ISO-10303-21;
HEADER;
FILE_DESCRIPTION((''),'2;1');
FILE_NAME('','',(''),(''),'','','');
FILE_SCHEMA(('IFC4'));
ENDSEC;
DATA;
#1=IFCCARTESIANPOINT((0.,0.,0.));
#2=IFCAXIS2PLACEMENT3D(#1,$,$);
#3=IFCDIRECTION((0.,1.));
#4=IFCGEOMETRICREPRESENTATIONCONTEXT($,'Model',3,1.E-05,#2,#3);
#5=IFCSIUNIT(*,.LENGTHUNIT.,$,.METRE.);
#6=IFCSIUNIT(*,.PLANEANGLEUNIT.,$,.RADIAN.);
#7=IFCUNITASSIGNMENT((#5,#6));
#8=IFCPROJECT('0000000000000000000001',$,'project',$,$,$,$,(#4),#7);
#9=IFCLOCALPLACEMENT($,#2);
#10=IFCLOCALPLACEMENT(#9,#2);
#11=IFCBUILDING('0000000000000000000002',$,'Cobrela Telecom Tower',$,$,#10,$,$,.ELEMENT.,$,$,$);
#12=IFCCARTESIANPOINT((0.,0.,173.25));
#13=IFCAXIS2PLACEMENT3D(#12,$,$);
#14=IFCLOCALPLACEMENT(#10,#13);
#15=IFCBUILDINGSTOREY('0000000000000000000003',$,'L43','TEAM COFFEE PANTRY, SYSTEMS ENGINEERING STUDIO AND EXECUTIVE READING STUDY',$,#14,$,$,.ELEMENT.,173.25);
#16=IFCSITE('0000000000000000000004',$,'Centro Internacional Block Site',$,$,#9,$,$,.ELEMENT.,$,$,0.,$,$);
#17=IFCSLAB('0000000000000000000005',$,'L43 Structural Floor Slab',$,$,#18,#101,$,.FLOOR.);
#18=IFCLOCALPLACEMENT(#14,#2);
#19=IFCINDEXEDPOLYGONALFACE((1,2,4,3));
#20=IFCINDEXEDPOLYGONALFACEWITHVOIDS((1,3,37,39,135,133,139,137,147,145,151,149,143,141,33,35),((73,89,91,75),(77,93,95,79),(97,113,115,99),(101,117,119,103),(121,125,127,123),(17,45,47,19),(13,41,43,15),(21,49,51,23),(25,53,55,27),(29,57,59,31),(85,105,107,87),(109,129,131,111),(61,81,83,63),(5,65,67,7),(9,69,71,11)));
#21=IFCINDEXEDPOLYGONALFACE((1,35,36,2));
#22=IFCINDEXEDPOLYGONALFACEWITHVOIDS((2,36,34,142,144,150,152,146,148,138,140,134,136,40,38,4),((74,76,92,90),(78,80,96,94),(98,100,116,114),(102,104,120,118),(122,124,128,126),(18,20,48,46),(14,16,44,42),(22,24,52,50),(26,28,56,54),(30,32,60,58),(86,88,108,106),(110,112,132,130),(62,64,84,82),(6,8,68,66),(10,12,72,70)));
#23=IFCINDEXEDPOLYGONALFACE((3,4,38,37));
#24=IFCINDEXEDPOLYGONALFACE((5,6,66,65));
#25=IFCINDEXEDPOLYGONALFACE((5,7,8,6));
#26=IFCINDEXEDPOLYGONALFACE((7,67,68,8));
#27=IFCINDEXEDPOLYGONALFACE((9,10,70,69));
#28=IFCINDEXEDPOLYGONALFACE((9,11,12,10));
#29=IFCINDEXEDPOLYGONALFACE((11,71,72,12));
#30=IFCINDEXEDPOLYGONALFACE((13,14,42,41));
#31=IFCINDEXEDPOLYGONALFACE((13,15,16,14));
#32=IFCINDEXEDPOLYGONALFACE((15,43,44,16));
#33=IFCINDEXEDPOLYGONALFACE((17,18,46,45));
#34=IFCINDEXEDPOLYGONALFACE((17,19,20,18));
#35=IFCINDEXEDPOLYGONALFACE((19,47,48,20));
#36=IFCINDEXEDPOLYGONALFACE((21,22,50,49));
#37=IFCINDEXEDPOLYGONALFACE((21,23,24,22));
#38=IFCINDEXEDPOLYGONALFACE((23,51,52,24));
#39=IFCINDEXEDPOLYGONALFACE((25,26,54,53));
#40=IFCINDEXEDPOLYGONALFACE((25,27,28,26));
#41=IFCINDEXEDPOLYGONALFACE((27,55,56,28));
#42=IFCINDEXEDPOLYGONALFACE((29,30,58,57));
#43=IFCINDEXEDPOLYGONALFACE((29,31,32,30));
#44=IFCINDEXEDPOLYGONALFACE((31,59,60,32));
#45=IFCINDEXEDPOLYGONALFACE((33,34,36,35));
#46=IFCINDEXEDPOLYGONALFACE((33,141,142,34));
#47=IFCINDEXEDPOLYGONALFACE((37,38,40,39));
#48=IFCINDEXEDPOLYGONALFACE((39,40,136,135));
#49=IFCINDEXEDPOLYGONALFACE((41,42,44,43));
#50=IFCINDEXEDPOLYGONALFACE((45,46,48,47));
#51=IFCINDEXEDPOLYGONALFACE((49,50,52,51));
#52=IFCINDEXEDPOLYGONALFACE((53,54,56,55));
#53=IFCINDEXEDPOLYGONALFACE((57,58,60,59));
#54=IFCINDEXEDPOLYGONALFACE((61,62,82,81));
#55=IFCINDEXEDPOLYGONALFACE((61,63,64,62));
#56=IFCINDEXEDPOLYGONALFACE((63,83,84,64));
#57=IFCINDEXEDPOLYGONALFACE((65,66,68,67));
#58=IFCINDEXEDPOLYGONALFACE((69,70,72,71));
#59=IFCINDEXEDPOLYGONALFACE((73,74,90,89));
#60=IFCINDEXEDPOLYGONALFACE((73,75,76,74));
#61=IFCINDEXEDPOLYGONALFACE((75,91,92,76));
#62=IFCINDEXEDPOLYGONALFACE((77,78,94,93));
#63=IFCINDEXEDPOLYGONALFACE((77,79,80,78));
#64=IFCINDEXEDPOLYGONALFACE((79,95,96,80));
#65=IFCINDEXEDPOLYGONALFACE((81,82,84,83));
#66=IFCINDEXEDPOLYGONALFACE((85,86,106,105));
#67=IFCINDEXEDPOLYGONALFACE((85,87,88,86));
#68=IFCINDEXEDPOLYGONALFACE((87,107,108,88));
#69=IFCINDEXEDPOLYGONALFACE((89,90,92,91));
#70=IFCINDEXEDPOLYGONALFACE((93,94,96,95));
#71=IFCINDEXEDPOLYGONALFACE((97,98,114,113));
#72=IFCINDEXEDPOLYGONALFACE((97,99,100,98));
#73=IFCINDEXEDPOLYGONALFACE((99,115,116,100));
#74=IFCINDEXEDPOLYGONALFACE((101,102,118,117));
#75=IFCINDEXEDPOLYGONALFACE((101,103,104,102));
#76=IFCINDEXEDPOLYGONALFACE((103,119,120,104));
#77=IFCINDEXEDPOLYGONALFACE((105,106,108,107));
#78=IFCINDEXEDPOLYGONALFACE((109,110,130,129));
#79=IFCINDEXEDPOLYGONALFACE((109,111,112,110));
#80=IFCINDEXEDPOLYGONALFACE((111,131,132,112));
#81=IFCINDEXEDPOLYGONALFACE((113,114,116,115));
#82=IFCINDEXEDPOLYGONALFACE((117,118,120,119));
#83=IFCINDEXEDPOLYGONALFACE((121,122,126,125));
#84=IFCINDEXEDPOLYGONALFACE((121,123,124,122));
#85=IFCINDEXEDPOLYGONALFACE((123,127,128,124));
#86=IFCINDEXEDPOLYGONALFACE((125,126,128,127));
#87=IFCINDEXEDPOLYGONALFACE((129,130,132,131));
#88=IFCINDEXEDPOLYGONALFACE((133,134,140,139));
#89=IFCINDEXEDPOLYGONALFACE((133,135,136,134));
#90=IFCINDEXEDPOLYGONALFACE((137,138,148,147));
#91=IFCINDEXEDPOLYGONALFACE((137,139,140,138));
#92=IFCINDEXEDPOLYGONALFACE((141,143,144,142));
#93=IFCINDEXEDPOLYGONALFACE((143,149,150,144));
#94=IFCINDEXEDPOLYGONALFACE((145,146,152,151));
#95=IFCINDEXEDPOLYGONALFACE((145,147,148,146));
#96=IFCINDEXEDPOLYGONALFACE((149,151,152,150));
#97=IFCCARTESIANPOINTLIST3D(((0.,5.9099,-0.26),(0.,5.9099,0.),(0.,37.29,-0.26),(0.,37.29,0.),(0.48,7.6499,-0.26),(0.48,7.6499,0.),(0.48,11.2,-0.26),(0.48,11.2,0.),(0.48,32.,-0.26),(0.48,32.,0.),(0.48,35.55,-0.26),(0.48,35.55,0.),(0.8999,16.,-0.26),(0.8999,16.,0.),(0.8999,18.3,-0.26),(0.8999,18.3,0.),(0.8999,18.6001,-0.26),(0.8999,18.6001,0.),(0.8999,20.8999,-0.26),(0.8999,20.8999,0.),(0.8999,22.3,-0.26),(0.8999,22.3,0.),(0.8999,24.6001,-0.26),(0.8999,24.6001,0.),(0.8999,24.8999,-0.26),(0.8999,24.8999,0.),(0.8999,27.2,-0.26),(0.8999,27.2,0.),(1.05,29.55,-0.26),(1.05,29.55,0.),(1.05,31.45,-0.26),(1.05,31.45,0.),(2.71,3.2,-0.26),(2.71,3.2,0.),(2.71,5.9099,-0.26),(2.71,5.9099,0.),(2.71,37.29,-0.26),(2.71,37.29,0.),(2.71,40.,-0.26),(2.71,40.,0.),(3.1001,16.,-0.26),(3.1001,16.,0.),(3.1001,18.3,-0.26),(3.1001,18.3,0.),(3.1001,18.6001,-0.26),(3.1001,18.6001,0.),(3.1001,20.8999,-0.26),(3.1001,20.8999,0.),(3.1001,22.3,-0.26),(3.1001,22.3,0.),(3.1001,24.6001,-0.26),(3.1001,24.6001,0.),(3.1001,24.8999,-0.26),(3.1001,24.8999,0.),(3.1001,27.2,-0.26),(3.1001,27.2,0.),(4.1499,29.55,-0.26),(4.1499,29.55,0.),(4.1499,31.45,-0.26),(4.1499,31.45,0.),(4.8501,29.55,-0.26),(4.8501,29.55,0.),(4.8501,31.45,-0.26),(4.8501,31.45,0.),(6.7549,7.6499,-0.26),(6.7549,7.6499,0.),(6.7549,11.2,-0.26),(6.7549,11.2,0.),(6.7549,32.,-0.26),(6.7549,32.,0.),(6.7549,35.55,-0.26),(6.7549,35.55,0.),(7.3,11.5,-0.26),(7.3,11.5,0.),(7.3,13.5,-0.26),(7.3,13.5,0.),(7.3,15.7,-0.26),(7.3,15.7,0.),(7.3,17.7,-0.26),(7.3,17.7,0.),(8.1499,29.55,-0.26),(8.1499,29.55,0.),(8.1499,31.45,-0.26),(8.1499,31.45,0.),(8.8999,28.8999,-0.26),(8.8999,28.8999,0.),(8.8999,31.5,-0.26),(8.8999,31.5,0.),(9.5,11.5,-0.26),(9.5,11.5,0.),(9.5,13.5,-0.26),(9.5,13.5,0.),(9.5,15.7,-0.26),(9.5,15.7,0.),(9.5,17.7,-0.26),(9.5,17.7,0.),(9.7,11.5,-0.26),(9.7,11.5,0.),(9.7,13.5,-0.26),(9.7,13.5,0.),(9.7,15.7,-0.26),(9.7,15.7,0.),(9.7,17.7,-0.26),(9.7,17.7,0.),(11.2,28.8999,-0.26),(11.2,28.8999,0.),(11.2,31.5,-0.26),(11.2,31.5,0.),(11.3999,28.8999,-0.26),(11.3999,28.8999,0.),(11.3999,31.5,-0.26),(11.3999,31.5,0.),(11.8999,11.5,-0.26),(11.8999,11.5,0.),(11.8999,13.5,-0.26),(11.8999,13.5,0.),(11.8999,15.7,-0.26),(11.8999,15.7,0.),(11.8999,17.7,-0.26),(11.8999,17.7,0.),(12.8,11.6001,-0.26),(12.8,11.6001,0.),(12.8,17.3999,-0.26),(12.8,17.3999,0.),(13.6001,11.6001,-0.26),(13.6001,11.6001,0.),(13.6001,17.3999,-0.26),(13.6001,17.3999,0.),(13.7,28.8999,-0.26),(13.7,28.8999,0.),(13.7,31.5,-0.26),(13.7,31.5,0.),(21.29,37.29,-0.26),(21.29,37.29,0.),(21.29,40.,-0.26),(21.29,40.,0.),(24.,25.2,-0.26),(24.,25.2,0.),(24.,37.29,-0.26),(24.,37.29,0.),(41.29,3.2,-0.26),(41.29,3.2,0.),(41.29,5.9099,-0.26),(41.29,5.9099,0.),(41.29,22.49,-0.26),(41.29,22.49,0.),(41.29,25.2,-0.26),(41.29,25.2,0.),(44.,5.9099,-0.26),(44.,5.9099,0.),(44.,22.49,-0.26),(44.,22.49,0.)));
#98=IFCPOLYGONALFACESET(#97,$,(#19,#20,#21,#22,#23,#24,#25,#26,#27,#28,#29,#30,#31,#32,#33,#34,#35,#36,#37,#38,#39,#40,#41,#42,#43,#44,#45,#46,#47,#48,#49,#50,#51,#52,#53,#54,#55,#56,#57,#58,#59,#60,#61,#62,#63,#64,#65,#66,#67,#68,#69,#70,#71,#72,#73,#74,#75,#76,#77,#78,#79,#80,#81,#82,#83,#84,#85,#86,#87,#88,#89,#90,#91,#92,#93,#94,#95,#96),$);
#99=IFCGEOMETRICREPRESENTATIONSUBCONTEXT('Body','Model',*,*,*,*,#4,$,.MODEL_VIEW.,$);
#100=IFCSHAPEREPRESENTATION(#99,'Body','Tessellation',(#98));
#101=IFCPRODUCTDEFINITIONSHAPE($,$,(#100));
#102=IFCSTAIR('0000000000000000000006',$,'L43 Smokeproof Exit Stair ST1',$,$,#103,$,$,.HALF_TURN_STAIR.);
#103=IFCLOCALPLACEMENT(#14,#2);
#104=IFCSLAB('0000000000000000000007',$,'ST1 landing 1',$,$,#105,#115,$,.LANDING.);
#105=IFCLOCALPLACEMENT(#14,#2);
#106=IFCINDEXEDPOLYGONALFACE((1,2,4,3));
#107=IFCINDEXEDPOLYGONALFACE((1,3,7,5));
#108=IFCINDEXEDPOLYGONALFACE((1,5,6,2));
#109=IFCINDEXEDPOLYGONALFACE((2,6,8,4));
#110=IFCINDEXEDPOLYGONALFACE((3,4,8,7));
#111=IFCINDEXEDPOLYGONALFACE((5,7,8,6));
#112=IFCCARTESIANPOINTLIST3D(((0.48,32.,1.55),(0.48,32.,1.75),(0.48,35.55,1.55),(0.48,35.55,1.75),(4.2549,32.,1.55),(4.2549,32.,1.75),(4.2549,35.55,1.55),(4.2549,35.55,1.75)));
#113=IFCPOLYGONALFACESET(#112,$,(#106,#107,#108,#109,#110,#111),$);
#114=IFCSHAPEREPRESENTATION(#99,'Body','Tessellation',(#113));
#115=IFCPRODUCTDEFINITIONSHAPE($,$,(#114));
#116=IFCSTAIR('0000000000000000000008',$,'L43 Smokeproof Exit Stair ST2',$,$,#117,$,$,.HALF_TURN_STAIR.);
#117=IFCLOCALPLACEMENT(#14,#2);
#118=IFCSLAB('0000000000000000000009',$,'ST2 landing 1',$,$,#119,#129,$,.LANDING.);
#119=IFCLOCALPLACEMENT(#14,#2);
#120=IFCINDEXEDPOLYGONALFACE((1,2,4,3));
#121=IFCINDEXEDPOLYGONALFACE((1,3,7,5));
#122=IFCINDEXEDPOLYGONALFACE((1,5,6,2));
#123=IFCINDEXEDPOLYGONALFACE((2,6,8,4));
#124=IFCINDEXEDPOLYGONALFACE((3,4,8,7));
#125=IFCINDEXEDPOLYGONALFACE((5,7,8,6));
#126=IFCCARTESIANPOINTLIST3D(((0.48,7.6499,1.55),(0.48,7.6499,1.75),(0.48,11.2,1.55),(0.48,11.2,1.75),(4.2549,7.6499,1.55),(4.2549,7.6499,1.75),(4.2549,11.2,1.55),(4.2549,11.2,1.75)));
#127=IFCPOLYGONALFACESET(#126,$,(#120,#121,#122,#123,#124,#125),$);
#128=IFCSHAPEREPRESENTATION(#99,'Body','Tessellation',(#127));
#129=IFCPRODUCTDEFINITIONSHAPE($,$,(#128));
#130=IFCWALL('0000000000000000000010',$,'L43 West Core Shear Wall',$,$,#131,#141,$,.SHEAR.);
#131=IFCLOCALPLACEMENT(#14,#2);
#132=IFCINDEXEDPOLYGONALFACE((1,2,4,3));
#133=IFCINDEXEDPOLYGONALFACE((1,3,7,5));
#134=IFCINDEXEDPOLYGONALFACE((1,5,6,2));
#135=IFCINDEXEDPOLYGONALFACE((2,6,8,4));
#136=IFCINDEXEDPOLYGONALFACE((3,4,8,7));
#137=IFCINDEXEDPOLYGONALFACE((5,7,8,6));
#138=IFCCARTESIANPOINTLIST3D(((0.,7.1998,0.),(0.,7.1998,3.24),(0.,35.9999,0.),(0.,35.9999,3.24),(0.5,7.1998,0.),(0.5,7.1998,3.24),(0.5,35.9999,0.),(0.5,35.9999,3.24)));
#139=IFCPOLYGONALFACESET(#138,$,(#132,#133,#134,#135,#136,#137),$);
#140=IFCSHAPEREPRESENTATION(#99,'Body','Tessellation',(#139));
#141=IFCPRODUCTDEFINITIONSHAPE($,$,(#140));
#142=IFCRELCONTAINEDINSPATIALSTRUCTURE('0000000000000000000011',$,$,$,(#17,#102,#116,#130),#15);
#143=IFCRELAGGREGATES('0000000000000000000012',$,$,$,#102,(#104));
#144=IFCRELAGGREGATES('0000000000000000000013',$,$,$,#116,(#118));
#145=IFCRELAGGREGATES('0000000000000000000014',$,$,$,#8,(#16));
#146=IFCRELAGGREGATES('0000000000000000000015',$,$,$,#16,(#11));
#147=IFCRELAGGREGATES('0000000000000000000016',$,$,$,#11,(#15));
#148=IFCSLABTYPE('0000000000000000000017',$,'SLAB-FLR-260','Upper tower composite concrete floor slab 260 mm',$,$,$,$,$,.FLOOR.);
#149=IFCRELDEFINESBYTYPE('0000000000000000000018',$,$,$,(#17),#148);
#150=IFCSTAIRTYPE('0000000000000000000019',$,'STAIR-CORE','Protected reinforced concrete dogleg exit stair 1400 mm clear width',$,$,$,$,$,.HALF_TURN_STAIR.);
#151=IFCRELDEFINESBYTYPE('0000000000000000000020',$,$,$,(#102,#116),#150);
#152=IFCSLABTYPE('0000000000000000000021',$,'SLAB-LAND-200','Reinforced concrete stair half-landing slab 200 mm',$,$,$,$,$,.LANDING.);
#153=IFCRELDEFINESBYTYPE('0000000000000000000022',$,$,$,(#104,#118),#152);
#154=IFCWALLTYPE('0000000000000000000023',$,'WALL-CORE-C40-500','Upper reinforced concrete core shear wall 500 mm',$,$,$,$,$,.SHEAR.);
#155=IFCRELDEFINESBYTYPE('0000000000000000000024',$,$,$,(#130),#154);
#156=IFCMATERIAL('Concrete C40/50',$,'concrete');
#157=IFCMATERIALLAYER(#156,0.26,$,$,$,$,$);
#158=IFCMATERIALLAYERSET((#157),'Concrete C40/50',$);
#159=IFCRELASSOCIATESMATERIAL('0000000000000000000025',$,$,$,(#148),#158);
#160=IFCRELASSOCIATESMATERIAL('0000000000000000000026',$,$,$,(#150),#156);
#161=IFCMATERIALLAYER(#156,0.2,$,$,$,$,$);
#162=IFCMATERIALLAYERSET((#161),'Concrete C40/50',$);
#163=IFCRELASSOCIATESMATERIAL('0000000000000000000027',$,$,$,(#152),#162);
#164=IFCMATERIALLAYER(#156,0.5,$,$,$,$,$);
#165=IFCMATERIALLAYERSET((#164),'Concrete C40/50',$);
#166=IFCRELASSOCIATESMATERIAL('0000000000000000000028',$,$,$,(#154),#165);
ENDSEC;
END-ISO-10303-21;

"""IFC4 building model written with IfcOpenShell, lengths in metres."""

from ifc_helpers import new_model, si_unit, direction, frame, frame_2d, origin, place, context, subcontext, project, spatial, polyline, rectangle, outline, extrude, material, layer, layer_set, type_object, element, aggregate, save


model = new_model("IFC4")

# Units and contexts
model_context = context("Model", 3, precision=1e-05, world=origin(), true_north=direction((0.0, 1.0)))
body_context = subcontext(model_context, "Body", "Model", "MODEL_VIEW")
ifc_project = project(units=[si_unit("LENGTHUNIT", "METRE"), si_unit("PLANEANGLEUNIT", "RADIAN")], contexts=[model_context])

# Site, building, storey
site_placement = place(None, origin())
site = spatial("IfcSite", under=ifc_project, at=site_placement, Name="Centro Internacional Block Site", CompositionType="ELEMENT", RefElevation=0.0)
building_placement = place(site_placement, origin())
building = spatial("IfcBuilding", under=site, at=building_placement, Name="Cobrela Telecom Tower", CompositionType="ELEMENT")
storey_placement = place(building_placement, frame((0.0, 0.0, 173.25)))
storey = spatial("IfcBuildingStorey", under=building, at=storey_placement, Name="L43", Description="TEAM COFFEE PANTRY, SYSTEMS ENGINEERING STUDIO AND EXECUTIVE READING STUDY", CompositionType="ELEMENT", Elevation=173.25)

# Slab, openings
ifc_material_1 = material(Name="Concrete C40/50", Category="concrete")
ifc_layer_1 = layer(ifc_material_1, 0.26)
ifc_layer_set_1 = layer_set([ifc_layer_1], Name="Concrete C40/50")
slab_type_1 = type_object("IfcSlabType", Name="SLAB-FLR-260", Description="Upper tower composite concrete floor slab 260 mm", PredefinedType="FLOOR", material=ifc_layer_set_1)
slab_1_placement = place(storey_placement, frame((0.0, 0.0, -0.26)))
slab_1 = element("IfcSlab", 1, at=slab_1_placement, inside=storey, type_object=slab_type_1, Name="L43 Structural Floor Slab", PredefinedType="FLOOR", context=body_context, shape_type="SweptSolid", body=[
    extrude(outline(polyline([(2.71, 3.2), (41.29, 3.2), (41.29, 5.9099), (44.0, 5.9099), (44.0, 22.49), (41.29, 22.49), (41.29, 25.2), (24.0, 25.2), (24.0, 37.29), (21.29, 37.29), (21.29, 40.0), (2.71, 40.0), (2.71, 37.29), (0.0, 37.29), (0.0, 5.9099), (2.71, 5.9099), (2.71, 3.2)])), origin(), (0.0, 0.0, 1.0), 0.26),
])
opening_1_placement = place(slab_1_placement, frame((0.0, 0.0, -0.02)))
element("IfcOpeningElement", 2, at=opening_1_placement, cuts=slab_1, PredefinedType="OPENING", context=body_context, shape_type="SweptSolid", body=[
    extrude(outline(polyline([(8.8999, 28.8999), (11.2, 28.8999), (11.2, 31.5), (8.8999, 31.5), (8.8999, 28.8999)])), origin(), (0.0, 0.0, 1.0), 0.3),
])
opening_2_placement = place(slab_1_placement, frame((0.0, 0.0, -0.02)))
element("IfcOpeningElement", 3, at=opening_2_placement, cuts=slab_1, PredefinedType="OPENING", context=body_context, shape_type="SweptSolid", body=[
    extrude(outline(polyline([(11.3999, 28.8999), (13.7, 28.8999), (13.7, 31.5), (11.3999, 31.5), (11.3999, 28.8999)])), origin(), (0.0, 0.0, 1.0), 0.3),
])
opening_3_placement = place(slab_1_placement, frame((0.0, 0.0, -0.02)))
element("IfcOpeningElement", 4, at=opening_3_placement, cuts=slab_1, PredefinedType="OPENING", context=body_context, shape_type="SweptSolid", body=[
    extrude(outline(polyline([(7.3, 15.7), (9.5, 15.7), (9.5, 17.7), (7.3, 17.7), (7.3, 15.7)])), origin(), (0.0, 0.0, 1.0), 0.3),
])
opening_4_placement = place(slab_1_placement, frame((0.0, 0.0, -0.02)))
element("IfcOpeningElement", 5, at=opening_4_placement, cuts=slab_1, PredefinedType="OPENING", context=body_context, shape_type="SweptSolid", body=[
    extrude(outline(polyline([(9.7, 15.7), (11.8999, 15.7), (11.8999, 17.7), (9.7, 17.7), (9.7, 15.7)])), origin(), (0.0, 0.0, 1.0), 0.3),
])
opening_5_placement = place(slab_1_placement, frame((0.0, 0.0, -0.02)))
element("IfcOpeningElement", 6, at=opening_5_placement, cuts=slab_1, PredefinedType="OPENING", context=body_context, shape_type="SweptSolid", body=[
    extrude(outline(polyline([(7.3, 11.5), (9.5, 11.5), (9.5, 13.5), (7.3, 13.5), (7.3, 11.5)])), origin(), (0.0, 0.0, 1.0), 0.3),
])
opening_6_placement = place(slab_1_placement, frame((0.0, 0.0, -0.02)))
element("IfcOpeningElement", 7, at=opening_6_placement, cuts=slab_1, PredefinedType="OPENING", context=body_context, shape_type="SweptSolid", body=[
    extrude(outline(polyline([(9.7, 11.5), (11.8999, 11.5), (11.8999, 13.5), (9.7, 13.5), (9.7, 11.5)])), origin(), (0.0, 0.0, 1.0), 0.3),
])
opening_7_placement = place(slab_1_placement, frame((0.0, 0.0, -0.02)))
element("IfcOpeningElement", 8, at=opening_7_placement, cuts=slab_1, PredefinedType="OPENING", context=body_context, shape_type="SweptSolid", body=[
    extrude(outline(polyline([(0.8999, 16.0), (3.1001, 16.0), (3.1001, 18.3), (0.8999, 18.3), (0.8999, 16.0)])), origin(), (0.0, 0.0, 1.0), 0.3),
])
opening_8_placement = place(slab_1_placement, frame((0.0, 0.0, -0.02)))
element("IfcOpeningElement", 9, at=opening_8_placement, cuts=slab_1, PredefinedType="OPENING", context=body_context, shape_type="SweptSolid", body=[
    extrude(outline(polyline([(0.8999, 18.6001), (3.1001, 18.6001), (3.1001, 20.8999), (0.8999, 20.8999), (0.8999, 18.6001)])), origin(), (0.0, 0.0, 1.0), 0.3),
])
opening_9_placement = place(slab_1_placement, frame((0.0, 0.0, -0.02)))
element("IfcOpeningElement", 10, at=opening_9_placement, cuts=slab_1, PredefinedType="OPENING", context=body_context, shape_type="SweptSolid", body=[
    extrude(outline(polyline([(0.8999, 22.3), (3.1001, 22.3), (3.1001, 24.6001), (0.8999, 24.6001), (0.8999, 22.3)])), origin(), (0.0, 0.0, 1.0), 0.3),
])
opening_10_placement = place(slab_1_placement, frame((0.0, 0.0, -0.02)))
element("IfcOpeningElement", 11, at=opening_10_placement, cuts=slab_1, PredefinedType="OPENING", context=body_context, shape_type="SweptSolid", body=[
    extrude(outline(polyline([(0.8999, 24.8999), (3.1001, 24.8999), (3.1001, 27.2), (0.8999, 27.2), (0.8999, 24.8999)])), origin(), (0.0, 0.0, 1.0), 0.3),
])
opening_11_placement = place(slab_1_placement, frame((0.0, 0.0, -0.02)))
element("IfcOpeningElement", 12, at=opening_11_placement, cuts=slab_1, PredefinedType="OPENING", context=body_context, shape_type="SweptSolid", body=[
    extrude(outline(polyline([(1.05, 29.55), (4.1499, 29.55), (4.1499, 31.45), (1.05, 31.45), (1.05, 29.55)])), origin(), (0.0, 0.0, 1.0), 0.3),
])
opening_12_placement = place(slab_1_placement, frame((0.0, 0.0, -0.02)))
element("IfcOpeningElement", 13, at=opening_12_placement, cuts=slab_1, PredefinedType="OPENING", context=body_context, shape_type="SweptSolid", body=[
    extrude(outline(polyline([(4.8501, 29.55), (8.1499, 29.55), (8.1499, 31.45), (4.8501, 31.45), (4.8501, 29.55)])), origin(), (0.0, 0.0, 1.0), 0.3),
])
opening_13_placement = place(slab_1_placement, frame((0.0, 0.0, -0.02)))
element("IfcOpeningElement", 14, at=opening_13_placement, cuts=slab_1, PredefinedType="OPENING", context=body_context, shape_type="SweptSolid", body=[
    extrude(outline(polyline([(12.8, 11.6001), (13.6001, 11.6001), (13.6001, 17.3999), (12.8, 17.3999), (12.8, 11.6001)])), origin(), (0.0, 0.0, 1.0), 0.3),
])
opening_14_placement = place(slab_1_placement, frame((0.0, 0.0, -0.02)))
element("IfcOpeningElement", 15, at=opening_14_placement, cuts=slab_1, PredefinedType="OPENING", context=body_context, shape_type="SweptSolid", body=[
    extrude(outline(polyline([(6.7549, 35.55), (0.48, 35.55), (0.48, 32.0), (6.7549, 32.0), (6.7549, 35.55)])), origin(), (0.0, 0.0, 1.0), 0.3),
])
opening_15_placement = place(slab_1_placement, frame((0.0, 0.0, -0.02)))
element("IfcOpeningElement", 16, at=opening_15_placement, cuts=slab_1, PredefinedType="OPENING", context=body_context, shape_type="SweptSolid", body=[
    extrude(outline(polyline([(6.7549, 11.2), (0.48, 11.2), (0.48, 7.6499), (6.7549, 7.6499), (6.7549, 11.2)])), origin(), (0.0, 0.0, 1.0), 0.3),
])

# Stairs, slabs
stair_type = type_object("IfcStairType", Name="STAIR-CORE", Description="Protected reinforced concrete dogleg exit stair 1400 mm clear width", PredefinedType="HALF_TURN_STAIR", material=ifc_material_1)
stair_1_placement = place(storey_placement, origin())
stair_1 = element("IfcStair", 17, at=stair_1_placement, inside=storey, type_object=stair_type, Name="L43 Smokeproof Exit Stair ST1", PredefinedType="HALF_TURN_STAIR")
ifc_layer_2 = layer(ifc_material_1, 0.2)
ifc_layer_set_2 = layer_set([ifc_layer_2], Name="Concrete C40/50")
slab_type_2 = type_object("IfcSlabType", Name="SLAB-LAND-200", Description="Reinforced concrete stair half-landing slab 200 mm", PredefinedType="LANDING", material=ifc_layer_set_2)
slab_2_placement = place(storey_placement, frame((0.0, 0.0, 1.55)))
slab_2 = element("IfcSlab", 18, at=slab_2_placement, type_object=slab_type_2, Name="ST1 landing 1", PredefinedType="LANDING", context=body_context, shape_type="SweptSolid", body=[
    extrude(outline(polyline([(4.2549, 35.55), (0.48, 35.55), (0.48, 32.0), (4.2549, 32.0), (4.2549, 35.55)])), origin(), (0.0, 0.0, 1.0), 0.2),
])
aggregate(stair_1, [slab_2])
stair_2_placement = place(storey_placement, origin())
stair_2 = element("IfcStair", 19, at=stair_2_placement, inside=storey, type_object=stair_type, Name="L43 Smokeproof Exit Stair ST2", PredefinedType="HALF_TURN_STAIR")
slab_3_placement = place(storey_placement, frame((0.0, 0.0, 1.55)))
slab_3 = element("IfcSlab", 20, at=slab_3_placement, type_object=slab_type_2, Name="ST2 landing 1", PredefinedType="LANDING", context=body_context, shape_type="SweptSolid", body=[
    extrude(outline(polyline([(4.2549, 11.2), (0.48, 11.2), (0.48, 7.6499), (4.2549, 7.6499), (4.2549, 11.2)])), origin(), (0.0, 0.0, 1.0), 0.2),
])
aggregate(stair_2, [slab_3])

# Wall
ifc_layer_3 = layer(ifc_material_1, 0.5)
ifc_layer_set_3 = layer_set([ifc_layer_3], Name="Concrete C40/50")
wall_type_1 = type_object("IfcWallType", Name="WALL-CORE-C40-500", Description="Upper reinforced concrete core shear wall 500 mm", PredefinedType="SHEAR", material=ifc_layer_set_3)
wall_1_placement = place(storey_placement, frame((0.25, 7.2, 0.0), z_axis=(0.0, 0.0, 1.0), x_axis=(0.0, 1.0, 0.0)))
element("IfcWall", 21, at=wall_1_placement, inside=storey, type_object=wall_type_1, Name="L43 West Core Shear Wall", PredefinedType="SHEAR", context=body_context, shape_type="SweptSolid", body=[
    extrude(rectangle(XDim=28.8, YDim=0.5, at=frame_2d((14.3999, 0.0))), origin(), (0.0, 0.0, 1.0), 3.24),
])

save(model, "model.ifc")
